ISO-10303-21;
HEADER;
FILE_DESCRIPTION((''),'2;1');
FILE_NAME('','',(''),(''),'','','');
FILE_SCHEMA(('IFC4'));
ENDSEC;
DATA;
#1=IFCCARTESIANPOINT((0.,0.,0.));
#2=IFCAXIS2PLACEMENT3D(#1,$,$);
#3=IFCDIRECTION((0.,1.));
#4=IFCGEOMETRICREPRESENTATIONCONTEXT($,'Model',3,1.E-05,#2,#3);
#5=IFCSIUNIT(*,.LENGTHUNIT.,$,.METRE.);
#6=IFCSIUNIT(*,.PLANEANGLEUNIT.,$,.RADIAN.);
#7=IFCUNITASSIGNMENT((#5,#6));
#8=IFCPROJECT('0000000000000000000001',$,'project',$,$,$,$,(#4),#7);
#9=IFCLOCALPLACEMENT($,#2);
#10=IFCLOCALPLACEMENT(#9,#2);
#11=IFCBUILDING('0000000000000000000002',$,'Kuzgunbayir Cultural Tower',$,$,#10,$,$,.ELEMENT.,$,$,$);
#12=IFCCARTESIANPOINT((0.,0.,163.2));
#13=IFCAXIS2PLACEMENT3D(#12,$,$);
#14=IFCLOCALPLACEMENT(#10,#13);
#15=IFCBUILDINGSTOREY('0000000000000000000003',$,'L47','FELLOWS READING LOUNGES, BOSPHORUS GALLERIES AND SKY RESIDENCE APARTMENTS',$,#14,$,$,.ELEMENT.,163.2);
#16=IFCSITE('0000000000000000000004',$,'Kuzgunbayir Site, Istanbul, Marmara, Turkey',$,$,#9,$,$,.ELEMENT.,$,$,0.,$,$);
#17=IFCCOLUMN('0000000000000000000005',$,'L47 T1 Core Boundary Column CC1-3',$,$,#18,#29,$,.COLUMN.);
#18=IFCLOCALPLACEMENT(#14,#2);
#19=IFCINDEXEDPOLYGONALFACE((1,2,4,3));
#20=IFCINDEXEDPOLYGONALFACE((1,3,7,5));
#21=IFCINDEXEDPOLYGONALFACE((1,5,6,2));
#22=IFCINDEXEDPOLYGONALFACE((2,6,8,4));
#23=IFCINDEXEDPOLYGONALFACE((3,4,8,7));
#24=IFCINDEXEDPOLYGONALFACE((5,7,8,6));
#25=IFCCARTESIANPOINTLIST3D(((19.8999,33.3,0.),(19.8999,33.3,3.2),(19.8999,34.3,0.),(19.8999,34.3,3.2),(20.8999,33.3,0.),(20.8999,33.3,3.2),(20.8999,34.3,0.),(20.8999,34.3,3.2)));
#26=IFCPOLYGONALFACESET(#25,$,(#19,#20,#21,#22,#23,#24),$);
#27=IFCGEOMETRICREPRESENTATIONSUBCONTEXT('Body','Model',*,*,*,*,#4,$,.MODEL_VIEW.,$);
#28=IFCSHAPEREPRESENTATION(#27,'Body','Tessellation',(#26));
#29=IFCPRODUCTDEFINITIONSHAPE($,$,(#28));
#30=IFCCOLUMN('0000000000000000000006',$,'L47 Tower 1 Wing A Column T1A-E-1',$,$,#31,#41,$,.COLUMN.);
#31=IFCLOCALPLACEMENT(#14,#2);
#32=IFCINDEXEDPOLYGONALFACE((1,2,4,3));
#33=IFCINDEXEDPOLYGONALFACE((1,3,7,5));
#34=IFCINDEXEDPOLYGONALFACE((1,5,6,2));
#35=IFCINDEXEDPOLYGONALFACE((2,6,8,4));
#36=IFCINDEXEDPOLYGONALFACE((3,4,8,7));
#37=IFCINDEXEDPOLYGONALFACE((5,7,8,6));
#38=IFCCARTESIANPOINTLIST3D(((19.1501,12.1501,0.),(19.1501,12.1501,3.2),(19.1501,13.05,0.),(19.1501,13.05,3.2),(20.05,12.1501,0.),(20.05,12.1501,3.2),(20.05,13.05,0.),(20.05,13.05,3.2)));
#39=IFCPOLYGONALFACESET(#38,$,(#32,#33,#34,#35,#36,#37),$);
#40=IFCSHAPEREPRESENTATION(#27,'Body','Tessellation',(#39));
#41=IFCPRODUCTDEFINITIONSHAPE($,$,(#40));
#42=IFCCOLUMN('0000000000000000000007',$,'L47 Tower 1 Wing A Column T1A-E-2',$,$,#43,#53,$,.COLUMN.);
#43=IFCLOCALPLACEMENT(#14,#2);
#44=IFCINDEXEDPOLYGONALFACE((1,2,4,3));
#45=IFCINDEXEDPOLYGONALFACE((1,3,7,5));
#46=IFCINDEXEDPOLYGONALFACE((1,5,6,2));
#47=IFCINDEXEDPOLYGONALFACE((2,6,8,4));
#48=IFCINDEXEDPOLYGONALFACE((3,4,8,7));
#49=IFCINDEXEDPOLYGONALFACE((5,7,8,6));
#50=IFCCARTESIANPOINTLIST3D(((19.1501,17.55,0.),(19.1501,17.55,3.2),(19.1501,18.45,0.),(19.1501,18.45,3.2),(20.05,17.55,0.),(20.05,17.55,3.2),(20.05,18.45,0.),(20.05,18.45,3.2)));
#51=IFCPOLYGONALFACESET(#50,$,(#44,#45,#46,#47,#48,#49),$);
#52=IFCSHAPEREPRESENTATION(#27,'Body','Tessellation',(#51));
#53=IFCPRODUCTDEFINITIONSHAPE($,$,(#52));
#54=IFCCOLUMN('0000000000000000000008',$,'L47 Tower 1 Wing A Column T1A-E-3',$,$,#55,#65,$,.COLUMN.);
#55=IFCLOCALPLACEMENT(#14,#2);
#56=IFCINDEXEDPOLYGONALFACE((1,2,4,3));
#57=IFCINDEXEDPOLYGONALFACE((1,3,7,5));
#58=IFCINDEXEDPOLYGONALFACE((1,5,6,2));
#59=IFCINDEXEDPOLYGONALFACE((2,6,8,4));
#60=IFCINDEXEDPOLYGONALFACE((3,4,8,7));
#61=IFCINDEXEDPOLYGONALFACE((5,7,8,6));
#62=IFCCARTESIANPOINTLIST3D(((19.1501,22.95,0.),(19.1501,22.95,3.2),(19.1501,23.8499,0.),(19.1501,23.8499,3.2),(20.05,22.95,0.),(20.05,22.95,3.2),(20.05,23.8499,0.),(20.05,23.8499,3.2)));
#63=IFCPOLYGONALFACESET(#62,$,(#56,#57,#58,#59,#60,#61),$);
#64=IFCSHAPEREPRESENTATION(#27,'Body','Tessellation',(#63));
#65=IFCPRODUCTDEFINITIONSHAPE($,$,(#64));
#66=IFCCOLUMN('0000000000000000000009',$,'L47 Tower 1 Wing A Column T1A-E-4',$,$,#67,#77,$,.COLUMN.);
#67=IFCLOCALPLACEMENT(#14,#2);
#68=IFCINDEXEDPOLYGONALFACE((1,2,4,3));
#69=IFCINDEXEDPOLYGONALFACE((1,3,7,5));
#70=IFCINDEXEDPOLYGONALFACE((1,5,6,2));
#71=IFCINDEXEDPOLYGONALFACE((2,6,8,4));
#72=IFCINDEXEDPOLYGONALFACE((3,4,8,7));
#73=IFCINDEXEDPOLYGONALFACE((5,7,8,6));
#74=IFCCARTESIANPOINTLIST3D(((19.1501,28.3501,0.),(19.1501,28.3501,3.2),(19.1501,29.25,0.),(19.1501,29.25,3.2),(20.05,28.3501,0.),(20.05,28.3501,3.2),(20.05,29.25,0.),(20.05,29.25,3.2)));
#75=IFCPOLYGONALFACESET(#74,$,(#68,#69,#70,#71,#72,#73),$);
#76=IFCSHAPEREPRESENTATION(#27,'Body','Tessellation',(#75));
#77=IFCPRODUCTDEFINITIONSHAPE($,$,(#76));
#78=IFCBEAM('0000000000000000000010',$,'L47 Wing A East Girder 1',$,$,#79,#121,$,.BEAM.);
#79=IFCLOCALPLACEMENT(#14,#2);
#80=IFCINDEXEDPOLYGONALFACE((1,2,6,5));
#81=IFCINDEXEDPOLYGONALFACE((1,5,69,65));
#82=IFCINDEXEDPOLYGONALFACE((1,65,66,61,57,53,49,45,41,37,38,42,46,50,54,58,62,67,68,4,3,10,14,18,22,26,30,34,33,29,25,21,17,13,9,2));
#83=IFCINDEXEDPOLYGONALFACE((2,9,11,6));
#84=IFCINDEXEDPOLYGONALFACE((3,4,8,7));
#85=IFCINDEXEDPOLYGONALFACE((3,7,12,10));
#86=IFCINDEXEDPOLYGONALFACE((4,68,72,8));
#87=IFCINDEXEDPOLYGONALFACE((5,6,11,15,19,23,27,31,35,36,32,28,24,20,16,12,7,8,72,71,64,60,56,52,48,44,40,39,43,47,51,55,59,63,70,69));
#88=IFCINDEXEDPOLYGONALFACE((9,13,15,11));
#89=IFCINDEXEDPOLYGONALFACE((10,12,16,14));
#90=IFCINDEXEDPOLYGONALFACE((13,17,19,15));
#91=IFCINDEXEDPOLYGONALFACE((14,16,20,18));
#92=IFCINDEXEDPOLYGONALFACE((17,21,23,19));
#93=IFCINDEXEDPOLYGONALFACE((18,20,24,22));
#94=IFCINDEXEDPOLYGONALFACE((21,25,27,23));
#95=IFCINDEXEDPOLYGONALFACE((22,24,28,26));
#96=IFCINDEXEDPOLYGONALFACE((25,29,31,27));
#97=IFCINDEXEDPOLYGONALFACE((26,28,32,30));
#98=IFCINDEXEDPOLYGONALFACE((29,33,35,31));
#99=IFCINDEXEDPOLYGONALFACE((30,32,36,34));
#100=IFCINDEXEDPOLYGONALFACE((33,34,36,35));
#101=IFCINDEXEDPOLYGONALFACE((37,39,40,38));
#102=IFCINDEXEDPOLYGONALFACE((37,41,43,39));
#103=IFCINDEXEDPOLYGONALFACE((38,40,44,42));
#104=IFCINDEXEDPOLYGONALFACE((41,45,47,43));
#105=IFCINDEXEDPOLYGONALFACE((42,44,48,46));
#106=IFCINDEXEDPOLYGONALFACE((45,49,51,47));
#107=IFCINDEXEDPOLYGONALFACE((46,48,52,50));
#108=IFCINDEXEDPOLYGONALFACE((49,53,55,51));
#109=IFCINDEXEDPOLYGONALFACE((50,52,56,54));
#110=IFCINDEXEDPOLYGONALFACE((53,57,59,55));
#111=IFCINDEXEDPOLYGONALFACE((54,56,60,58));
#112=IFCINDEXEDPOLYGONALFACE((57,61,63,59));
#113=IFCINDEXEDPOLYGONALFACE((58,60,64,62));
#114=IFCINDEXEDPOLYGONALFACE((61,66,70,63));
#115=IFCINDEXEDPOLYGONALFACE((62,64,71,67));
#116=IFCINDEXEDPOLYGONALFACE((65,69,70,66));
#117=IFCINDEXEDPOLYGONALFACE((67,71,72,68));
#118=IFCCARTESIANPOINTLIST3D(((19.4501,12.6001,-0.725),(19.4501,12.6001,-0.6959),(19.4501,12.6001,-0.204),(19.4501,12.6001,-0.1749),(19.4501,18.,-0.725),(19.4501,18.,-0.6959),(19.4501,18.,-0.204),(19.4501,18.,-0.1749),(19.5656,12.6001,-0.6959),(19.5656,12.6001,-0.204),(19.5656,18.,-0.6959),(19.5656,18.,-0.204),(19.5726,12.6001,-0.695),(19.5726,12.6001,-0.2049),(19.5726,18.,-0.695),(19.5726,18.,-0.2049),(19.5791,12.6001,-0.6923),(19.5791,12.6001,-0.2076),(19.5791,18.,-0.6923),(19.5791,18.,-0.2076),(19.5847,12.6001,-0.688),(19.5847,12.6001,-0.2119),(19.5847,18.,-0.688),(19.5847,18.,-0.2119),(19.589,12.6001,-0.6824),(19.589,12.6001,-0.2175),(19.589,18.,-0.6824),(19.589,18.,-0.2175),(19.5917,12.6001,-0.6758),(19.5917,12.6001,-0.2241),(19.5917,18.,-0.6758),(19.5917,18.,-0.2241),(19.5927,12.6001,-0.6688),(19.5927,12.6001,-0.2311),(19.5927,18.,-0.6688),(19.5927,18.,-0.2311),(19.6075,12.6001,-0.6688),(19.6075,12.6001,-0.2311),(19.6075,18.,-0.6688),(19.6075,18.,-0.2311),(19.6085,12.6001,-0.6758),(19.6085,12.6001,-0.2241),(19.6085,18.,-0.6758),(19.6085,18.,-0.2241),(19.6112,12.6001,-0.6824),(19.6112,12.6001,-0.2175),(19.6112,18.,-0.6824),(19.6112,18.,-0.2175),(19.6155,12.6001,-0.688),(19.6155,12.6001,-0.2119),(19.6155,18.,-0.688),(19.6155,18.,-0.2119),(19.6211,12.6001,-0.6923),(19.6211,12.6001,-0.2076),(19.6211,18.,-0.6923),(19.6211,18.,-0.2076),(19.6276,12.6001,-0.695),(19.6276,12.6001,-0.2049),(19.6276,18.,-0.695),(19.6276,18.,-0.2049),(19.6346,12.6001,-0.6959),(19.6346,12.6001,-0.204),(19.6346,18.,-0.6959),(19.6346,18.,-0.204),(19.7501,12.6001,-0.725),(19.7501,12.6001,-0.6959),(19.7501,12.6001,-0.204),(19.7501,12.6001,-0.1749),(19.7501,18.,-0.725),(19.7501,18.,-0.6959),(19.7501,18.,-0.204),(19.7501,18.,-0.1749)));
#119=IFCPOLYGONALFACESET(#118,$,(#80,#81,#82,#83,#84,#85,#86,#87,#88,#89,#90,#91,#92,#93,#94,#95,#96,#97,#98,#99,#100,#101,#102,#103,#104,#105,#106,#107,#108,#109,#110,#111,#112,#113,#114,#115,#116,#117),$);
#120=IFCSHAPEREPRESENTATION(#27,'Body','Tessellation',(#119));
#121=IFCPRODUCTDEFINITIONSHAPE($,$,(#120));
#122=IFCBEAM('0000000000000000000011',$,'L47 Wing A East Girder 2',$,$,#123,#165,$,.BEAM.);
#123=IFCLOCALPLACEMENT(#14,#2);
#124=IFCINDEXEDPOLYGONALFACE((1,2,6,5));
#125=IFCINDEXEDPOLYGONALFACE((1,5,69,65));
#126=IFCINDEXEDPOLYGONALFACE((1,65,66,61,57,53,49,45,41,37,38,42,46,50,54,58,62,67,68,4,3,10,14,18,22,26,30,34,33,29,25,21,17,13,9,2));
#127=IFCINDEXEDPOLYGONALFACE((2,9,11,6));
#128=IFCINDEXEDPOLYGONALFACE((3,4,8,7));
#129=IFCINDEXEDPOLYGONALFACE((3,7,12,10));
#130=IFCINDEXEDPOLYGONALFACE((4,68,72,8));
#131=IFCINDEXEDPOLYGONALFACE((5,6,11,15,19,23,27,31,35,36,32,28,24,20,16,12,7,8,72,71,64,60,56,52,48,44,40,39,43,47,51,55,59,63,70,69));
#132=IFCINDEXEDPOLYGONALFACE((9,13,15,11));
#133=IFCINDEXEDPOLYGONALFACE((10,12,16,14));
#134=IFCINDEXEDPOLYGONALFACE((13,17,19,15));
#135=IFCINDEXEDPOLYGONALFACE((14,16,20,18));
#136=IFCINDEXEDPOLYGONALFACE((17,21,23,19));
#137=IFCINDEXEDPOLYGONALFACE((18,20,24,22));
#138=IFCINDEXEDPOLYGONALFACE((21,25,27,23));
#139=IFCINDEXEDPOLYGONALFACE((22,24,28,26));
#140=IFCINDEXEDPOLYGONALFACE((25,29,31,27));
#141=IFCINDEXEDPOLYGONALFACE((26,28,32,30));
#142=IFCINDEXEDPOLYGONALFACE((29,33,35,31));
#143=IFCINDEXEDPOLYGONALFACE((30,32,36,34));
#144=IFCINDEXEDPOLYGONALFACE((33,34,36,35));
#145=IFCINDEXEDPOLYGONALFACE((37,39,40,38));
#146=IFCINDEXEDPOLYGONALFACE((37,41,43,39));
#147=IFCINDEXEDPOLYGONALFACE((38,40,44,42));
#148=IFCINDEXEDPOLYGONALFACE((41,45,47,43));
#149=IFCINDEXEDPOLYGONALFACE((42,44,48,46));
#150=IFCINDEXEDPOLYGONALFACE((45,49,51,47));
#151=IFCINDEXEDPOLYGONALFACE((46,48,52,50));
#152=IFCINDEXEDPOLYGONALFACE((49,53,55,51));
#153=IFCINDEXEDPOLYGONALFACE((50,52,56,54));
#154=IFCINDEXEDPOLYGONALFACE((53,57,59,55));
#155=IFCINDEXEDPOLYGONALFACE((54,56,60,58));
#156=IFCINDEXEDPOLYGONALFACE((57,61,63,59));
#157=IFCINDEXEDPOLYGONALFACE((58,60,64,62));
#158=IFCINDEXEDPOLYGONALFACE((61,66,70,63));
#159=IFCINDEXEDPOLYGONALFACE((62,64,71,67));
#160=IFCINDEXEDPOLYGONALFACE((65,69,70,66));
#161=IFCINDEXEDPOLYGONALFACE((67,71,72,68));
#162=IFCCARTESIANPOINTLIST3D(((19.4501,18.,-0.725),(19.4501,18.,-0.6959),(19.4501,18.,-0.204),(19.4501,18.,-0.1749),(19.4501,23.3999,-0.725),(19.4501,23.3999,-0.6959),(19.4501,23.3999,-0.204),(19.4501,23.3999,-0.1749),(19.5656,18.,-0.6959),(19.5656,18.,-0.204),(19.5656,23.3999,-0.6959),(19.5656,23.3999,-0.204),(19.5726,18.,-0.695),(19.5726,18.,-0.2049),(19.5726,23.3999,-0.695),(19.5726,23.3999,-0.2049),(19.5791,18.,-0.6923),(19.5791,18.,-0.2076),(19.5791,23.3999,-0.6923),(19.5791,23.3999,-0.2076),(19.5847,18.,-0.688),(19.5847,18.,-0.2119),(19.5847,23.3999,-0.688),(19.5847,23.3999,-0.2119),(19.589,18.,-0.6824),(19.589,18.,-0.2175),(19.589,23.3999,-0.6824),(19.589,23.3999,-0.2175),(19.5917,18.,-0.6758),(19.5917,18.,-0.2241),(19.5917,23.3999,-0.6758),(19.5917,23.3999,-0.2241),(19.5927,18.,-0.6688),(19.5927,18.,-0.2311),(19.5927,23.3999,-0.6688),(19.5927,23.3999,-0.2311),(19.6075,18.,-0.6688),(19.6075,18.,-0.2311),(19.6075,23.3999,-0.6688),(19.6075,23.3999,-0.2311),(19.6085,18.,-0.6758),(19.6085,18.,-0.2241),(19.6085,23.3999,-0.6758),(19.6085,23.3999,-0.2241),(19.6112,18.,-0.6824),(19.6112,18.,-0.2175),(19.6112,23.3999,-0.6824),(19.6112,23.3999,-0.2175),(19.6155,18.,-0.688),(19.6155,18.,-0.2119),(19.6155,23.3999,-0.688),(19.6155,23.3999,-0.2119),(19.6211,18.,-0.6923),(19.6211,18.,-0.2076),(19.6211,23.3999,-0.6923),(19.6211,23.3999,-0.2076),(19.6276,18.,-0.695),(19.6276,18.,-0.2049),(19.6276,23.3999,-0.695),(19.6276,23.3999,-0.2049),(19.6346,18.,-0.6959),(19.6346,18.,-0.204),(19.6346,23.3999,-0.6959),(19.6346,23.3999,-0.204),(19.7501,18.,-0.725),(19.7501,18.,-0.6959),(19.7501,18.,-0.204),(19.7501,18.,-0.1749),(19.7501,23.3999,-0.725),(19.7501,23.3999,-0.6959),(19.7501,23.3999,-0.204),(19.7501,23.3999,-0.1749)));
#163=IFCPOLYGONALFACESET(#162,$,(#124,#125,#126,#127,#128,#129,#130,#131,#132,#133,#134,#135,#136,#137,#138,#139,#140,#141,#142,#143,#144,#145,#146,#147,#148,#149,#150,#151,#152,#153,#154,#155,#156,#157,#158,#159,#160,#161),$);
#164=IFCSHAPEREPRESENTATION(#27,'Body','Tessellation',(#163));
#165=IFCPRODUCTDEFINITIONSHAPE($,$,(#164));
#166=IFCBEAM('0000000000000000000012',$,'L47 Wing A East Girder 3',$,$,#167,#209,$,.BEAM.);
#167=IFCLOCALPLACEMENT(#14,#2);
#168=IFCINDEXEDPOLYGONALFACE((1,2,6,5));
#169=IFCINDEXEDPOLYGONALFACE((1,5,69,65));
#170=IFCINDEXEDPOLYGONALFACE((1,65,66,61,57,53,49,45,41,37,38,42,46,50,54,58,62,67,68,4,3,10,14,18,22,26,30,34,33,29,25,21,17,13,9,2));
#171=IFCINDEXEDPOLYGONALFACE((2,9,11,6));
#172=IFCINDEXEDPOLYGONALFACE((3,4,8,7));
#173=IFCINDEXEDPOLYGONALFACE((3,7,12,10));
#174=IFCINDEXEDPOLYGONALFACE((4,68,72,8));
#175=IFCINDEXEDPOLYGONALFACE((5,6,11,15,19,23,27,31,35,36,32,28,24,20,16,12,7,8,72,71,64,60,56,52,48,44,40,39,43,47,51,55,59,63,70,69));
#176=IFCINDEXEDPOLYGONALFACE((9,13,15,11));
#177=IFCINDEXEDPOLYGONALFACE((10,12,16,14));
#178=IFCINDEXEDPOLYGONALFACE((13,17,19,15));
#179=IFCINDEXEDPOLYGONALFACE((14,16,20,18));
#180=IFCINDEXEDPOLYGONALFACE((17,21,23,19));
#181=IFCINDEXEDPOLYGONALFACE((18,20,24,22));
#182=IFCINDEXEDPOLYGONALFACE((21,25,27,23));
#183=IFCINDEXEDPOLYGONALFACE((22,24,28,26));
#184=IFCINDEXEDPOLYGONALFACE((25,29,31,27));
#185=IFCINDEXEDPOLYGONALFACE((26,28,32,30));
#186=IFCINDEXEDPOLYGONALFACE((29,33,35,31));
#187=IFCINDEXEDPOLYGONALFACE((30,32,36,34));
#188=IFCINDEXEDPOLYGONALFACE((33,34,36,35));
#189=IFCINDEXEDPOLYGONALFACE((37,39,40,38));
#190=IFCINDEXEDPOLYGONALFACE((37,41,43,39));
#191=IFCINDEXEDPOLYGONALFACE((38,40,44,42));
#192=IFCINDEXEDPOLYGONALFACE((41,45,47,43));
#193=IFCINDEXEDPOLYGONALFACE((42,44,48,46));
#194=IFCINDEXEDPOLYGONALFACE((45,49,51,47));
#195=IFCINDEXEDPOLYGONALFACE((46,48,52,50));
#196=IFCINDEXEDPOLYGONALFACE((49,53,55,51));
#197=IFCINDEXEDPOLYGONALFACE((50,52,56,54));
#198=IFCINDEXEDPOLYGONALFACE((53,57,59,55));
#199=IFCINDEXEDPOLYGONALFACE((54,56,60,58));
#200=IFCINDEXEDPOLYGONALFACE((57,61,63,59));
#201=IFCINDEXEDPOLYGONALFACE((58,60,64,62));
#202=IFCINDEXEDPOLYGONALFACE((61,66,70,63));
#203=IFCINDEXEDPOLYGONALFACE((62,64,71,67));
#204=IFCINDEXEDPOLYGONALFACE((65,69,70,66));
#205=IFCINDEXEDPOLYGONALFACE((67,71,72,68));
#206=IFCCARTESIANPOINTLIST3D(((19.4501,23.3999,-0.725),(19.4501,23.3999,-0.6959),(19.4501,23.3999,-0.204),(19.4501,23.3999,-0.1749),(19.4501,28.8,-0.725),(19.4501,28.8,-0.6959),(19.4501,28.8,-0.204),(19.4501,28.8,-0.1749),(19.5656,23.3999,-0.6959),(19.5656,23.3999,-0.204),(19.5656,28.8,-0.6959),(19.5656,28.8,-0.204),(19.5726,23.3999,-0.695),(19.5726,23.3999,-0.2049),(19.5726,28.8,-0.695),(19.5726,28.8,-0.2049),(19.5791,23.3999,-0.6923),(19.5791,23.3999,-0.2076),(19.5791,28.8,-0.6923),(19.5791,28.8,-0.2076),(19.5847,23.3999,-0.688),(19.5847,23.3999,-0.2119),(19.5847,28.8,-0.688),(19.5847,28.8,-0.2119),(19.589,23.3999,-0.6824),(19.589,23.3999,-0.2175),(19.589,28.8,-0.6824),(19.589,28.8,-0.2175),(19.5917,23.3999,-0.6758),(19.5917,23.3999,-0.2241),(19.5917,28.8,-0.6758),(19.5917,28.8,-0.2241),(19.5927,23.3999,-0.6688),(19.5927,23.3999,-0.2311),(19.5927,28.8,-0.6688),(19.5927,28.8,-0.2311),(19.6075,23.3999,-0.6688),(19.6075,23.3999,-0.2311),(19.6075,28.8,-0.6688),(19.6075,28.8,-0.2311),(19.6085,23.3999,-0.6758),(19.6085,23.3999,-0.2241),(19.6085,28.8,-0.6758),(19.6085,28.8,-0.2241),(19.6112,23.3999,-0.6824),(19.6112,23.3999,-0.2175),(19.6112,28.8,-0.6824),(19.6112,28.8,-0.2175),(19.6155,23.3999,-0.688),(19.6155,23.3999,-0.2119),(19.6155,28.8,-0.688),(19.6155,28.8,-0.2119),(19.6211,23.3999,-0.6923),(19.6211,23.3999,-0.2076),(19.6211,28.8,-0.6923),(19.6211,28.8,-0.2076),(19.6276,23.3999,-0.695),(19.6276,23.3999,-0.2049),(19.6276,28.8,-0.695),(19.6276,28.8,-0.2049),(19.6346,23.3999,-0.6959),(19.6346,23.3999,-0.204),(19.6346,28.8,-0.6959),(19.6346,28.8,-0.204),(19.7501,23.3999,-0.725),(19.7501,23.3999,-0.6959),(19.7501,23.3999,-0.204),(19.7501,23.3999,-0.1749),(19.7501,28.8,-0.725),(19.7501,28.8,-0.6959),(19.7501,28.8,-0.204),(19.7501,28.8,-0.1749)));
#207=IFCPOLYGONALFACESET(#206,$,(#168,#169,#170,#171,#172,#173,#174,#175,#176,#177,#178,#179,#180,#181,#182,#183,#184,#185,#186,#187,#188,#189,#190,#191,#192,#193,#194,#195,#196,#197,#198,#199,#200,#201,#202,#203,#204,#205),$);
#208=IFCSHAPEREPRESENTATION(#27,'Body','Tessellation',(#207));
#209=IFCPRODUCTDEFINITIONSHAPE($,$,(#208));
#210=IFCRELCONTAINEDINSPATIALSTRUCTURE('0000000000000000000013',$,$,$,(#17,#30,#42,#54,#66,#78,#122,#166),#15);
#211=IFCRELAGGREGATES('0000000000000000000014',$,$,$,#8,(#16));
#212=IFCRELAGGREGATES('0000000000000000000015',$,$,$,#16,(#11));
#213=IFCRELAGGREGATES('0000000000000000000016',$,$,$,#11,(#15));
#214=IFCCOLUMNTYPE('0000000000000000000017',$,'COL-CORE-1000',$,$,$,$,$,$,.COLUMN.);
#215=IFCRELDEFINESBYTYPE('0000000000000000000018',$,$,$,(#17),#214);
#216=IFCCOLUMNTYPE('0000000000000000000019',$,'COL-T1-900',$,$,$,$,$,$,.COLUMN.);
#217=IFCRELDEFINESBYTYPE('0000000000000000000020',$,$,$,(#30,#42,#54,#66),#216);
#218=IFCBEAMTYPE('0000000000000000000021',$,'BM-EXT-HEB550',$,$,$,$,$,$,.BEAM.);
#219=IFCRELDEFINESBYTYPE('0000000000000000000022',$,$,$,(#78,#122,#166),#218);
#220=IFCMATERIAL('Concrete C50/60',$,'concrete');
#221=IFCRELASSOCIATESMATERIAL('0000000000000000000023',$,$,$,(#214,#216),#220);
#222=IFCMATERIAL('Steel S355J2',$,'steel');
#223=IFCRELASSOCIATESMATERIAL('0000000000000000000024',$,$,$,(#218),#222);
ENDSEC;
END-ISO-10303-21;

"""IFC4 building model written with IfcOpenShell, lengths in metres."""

from ifc_helpers import new_model, si_unit, direction, frame, origin, origin_2d, place, context, subcontext, project, spatial, rectangle, i_section, extrude, material, material_profile, profile_set, type_object, element, save


model = new_model("IFC4")

# Units and contexts
model_context = context("Model", 3, precision=1e-05, world=origin(), true_north=direction((0.0, 1.0)))
body_context = subcontext(model_context, "Body", "Model", "MODEL_VIEW")
ifc_project = project(units=[si_unit("LENGTHUNIT", "METRE"), si_unit("PLANEANGLEUNIT", "RADIAN")], contexts=[model_context])

# Site, building, storey
site_placement = place(None, origin())
site = spatial("IfcSite", under=ifc_project, at=site_placement, Name="Kuzgunbayir Site, Istanbul, Marmara, Turkey", CompositionType="ELEMENT", RefElevation=0.0)
building_placement = place(site_placement, origin())
building = spatial("IfcBuilding", under=site, at=building_placement, Name="Kuzgunbayir Cultural Tower", CompositionType="ELEMENT")
storey_placement = place(building_placement, frame((0.0, 0.0, 163.2)))
storey = spatial("IfcBuildingStorey", under=building, at=storey_placement, Name="L47", Description="FELLOWS READING LOUNGES, BOSPHORUS GALLERIES AND SKY RESIDENCE APARTMENTS", CompositionType="ELEMENT", Elevation=163.2)

# Columns
ifc_material_1 = material(Name="Concrete C50/60", Category="concrete")
ifc_material_profile_1 = material_profile(ifc_material_1, rectangle(XDim=1.0, YDim=1.0, at=origin_2d()), Name="RC 1000x1000")
ifc_profile_set_1 = profile_set([ifc_material_profile_1], Name="Concrete C50/60")
column_type_1 = type_object("IfcColumnType", Name="COL-CORE-1000", PredefinedType="COLUMN", material=ifc_profile_set_1)
column_placement = place(storey_placement, frame((20.3999, 33.8, 0.0), z_axis=(0.0, 0.0, 1.0), x_axis=(1.0, 0.0, 0.0)))
element("IfcColumn", 1, at=column_placement, inside=storey, type_object=column_type_1, Name="L47 T1 Core Boundary Column CC1-3", PredefinedType="COLUMN", context=body_context, shape_type="SweptSolid", body=[
    extrude(rectangle(XDim=1.0, YDim=1.0, at=origin_2d()), origin(), (0.0, 0.0, 1.0), 3.2),
])
ifc_material_profile_2 = material_profile(ifc_material_1, rectangle(XDim=0.8999, YDim=0.8999, at=origin_2d()), Name="RC 900x900")
ifc_profile_set_2 = profile_set([ifc_material_profile_2], Name="Concrete C50/60")
column_type_2 = type_object("IfcColumnType", Name="COL-T1-900", PredefinedType="COLUMN", material=ifc_profile_set_2)
for number, where, z_axis, x_axis, name in (
    (2, (19.6001, 12.6001, 0.0), (0.0, 0.0, 1.0), (1.0, 0.0, 0.0), "L47 Tower 1 Wing A Column T1A-E-1"),
    (3, (19.6001, 18.0, 0.0), (0.0, 0.0, 1.0), (1.0, 0.0, 0.0), "L47 Tower 1 Wing A Column T1A-E-2"),
    (4, (19.6001, 23.3999, 0.0), (0.0, 0.0, 1.0), (1.0, 0.0, 0.0), "L47 Tower 1 Wing A Column T1A-E-3"),
    (5, (19.6001, 28.8, 0.0), (0.0, 0.0, 1.0), (1.0, 0.0, 0.0), "L47 Tower 1 Wing A Column T1A-E-4"),
):
    element("IfcColumn", number, at=place(storey_placement, frame(where, z_axis=z_axis, x_axis=x_axis)), inside=storey, type_object=column_type_2, Name=name, PredefinedType="COLUMN", context=body_context, shape_type="SweptSolid", body=[
        extrude(rectangle(XDim=0.8999, YDim=0.8999, at=origin_2d()), origin(), (0.0, 0.0, 1.0), 3.2),
    ])

# Beams
ifc_material_2 = material(Name="Steel S355J2", Category="steel")
ifc_material_profile_3 = material_profile(ifc_material_2, i_section(OverallWidth=0.3, OverallDepth=0.55, WebThickness=0.0149, FlangeThickness=0.0291, FilletRadius=0.0271, at=origin_2d()), Name="HEB 550")
ifc_profile_set_3 = profile_set([ifc_material_profile_3], Name="Steel S355J2")
beam_type_1 = type_object("IfcBeamType", Name="BM-EXT-HEB550", PredefinedType="BEAM", material=ifc_profile_set_3)
for number, where, z_axis, x_axis, name in (
    (6, (19.6001, 12.6001, -0.45), (0.0, 1.0, 0.0), (-1.0, 0.0, 0.0), "L47 Wing A East Girder 1"),
    (7, (19.6001, 18.0, -0.45), (0.0, 1.0, 0.0), (-1.0, 0.0, 0.0), "L47 Wing A East Girder 2"),
):
    element("IfcBeam", number, at=place(storey_placement, frame(where, z_axis=z_axis, x_axis=x_axis)), inside=storey, type_object=beam_type_1, Name=name, PredefinedType="BEAM", context=body_context, shape_type="SweptSolid", body=[
        extrude(i_section(OverallWidth=0.3, OverallDepth=0.55, WebThickness=0.0149, FlangeThickness=0.0291, FilletRadius=0.0271, at=origin_2d()), origin(), (0.0, 0.0, 1.0), 5.3999),
    ])
beam_1_placement = place(storey_placement, frame((19.6001, 23.3999, -0.45), z_axis=(0.0, 1.0, 0.0), x_axis=(-1.0, 0.0, 0.0)))
element("IfcBeam", 8, at=beam_1_placement, inside=storey, type_object=beam_type_1, Name="L47 Wing A East Girder 3", PredefinedType="BEAM", context=body_context, shape_type="SweptSolid", body=[
    extrude(i_section(OverallWidth=0.3, OverallDepth=0.55, WebThickness=0.0149, FlangeThickness=0.0291, FilletRadius=0.0271, at=origin_2d()), origin(), (0.0, 0.0, 1.0), 5.4001),
])

save(model, "model.ifc")
